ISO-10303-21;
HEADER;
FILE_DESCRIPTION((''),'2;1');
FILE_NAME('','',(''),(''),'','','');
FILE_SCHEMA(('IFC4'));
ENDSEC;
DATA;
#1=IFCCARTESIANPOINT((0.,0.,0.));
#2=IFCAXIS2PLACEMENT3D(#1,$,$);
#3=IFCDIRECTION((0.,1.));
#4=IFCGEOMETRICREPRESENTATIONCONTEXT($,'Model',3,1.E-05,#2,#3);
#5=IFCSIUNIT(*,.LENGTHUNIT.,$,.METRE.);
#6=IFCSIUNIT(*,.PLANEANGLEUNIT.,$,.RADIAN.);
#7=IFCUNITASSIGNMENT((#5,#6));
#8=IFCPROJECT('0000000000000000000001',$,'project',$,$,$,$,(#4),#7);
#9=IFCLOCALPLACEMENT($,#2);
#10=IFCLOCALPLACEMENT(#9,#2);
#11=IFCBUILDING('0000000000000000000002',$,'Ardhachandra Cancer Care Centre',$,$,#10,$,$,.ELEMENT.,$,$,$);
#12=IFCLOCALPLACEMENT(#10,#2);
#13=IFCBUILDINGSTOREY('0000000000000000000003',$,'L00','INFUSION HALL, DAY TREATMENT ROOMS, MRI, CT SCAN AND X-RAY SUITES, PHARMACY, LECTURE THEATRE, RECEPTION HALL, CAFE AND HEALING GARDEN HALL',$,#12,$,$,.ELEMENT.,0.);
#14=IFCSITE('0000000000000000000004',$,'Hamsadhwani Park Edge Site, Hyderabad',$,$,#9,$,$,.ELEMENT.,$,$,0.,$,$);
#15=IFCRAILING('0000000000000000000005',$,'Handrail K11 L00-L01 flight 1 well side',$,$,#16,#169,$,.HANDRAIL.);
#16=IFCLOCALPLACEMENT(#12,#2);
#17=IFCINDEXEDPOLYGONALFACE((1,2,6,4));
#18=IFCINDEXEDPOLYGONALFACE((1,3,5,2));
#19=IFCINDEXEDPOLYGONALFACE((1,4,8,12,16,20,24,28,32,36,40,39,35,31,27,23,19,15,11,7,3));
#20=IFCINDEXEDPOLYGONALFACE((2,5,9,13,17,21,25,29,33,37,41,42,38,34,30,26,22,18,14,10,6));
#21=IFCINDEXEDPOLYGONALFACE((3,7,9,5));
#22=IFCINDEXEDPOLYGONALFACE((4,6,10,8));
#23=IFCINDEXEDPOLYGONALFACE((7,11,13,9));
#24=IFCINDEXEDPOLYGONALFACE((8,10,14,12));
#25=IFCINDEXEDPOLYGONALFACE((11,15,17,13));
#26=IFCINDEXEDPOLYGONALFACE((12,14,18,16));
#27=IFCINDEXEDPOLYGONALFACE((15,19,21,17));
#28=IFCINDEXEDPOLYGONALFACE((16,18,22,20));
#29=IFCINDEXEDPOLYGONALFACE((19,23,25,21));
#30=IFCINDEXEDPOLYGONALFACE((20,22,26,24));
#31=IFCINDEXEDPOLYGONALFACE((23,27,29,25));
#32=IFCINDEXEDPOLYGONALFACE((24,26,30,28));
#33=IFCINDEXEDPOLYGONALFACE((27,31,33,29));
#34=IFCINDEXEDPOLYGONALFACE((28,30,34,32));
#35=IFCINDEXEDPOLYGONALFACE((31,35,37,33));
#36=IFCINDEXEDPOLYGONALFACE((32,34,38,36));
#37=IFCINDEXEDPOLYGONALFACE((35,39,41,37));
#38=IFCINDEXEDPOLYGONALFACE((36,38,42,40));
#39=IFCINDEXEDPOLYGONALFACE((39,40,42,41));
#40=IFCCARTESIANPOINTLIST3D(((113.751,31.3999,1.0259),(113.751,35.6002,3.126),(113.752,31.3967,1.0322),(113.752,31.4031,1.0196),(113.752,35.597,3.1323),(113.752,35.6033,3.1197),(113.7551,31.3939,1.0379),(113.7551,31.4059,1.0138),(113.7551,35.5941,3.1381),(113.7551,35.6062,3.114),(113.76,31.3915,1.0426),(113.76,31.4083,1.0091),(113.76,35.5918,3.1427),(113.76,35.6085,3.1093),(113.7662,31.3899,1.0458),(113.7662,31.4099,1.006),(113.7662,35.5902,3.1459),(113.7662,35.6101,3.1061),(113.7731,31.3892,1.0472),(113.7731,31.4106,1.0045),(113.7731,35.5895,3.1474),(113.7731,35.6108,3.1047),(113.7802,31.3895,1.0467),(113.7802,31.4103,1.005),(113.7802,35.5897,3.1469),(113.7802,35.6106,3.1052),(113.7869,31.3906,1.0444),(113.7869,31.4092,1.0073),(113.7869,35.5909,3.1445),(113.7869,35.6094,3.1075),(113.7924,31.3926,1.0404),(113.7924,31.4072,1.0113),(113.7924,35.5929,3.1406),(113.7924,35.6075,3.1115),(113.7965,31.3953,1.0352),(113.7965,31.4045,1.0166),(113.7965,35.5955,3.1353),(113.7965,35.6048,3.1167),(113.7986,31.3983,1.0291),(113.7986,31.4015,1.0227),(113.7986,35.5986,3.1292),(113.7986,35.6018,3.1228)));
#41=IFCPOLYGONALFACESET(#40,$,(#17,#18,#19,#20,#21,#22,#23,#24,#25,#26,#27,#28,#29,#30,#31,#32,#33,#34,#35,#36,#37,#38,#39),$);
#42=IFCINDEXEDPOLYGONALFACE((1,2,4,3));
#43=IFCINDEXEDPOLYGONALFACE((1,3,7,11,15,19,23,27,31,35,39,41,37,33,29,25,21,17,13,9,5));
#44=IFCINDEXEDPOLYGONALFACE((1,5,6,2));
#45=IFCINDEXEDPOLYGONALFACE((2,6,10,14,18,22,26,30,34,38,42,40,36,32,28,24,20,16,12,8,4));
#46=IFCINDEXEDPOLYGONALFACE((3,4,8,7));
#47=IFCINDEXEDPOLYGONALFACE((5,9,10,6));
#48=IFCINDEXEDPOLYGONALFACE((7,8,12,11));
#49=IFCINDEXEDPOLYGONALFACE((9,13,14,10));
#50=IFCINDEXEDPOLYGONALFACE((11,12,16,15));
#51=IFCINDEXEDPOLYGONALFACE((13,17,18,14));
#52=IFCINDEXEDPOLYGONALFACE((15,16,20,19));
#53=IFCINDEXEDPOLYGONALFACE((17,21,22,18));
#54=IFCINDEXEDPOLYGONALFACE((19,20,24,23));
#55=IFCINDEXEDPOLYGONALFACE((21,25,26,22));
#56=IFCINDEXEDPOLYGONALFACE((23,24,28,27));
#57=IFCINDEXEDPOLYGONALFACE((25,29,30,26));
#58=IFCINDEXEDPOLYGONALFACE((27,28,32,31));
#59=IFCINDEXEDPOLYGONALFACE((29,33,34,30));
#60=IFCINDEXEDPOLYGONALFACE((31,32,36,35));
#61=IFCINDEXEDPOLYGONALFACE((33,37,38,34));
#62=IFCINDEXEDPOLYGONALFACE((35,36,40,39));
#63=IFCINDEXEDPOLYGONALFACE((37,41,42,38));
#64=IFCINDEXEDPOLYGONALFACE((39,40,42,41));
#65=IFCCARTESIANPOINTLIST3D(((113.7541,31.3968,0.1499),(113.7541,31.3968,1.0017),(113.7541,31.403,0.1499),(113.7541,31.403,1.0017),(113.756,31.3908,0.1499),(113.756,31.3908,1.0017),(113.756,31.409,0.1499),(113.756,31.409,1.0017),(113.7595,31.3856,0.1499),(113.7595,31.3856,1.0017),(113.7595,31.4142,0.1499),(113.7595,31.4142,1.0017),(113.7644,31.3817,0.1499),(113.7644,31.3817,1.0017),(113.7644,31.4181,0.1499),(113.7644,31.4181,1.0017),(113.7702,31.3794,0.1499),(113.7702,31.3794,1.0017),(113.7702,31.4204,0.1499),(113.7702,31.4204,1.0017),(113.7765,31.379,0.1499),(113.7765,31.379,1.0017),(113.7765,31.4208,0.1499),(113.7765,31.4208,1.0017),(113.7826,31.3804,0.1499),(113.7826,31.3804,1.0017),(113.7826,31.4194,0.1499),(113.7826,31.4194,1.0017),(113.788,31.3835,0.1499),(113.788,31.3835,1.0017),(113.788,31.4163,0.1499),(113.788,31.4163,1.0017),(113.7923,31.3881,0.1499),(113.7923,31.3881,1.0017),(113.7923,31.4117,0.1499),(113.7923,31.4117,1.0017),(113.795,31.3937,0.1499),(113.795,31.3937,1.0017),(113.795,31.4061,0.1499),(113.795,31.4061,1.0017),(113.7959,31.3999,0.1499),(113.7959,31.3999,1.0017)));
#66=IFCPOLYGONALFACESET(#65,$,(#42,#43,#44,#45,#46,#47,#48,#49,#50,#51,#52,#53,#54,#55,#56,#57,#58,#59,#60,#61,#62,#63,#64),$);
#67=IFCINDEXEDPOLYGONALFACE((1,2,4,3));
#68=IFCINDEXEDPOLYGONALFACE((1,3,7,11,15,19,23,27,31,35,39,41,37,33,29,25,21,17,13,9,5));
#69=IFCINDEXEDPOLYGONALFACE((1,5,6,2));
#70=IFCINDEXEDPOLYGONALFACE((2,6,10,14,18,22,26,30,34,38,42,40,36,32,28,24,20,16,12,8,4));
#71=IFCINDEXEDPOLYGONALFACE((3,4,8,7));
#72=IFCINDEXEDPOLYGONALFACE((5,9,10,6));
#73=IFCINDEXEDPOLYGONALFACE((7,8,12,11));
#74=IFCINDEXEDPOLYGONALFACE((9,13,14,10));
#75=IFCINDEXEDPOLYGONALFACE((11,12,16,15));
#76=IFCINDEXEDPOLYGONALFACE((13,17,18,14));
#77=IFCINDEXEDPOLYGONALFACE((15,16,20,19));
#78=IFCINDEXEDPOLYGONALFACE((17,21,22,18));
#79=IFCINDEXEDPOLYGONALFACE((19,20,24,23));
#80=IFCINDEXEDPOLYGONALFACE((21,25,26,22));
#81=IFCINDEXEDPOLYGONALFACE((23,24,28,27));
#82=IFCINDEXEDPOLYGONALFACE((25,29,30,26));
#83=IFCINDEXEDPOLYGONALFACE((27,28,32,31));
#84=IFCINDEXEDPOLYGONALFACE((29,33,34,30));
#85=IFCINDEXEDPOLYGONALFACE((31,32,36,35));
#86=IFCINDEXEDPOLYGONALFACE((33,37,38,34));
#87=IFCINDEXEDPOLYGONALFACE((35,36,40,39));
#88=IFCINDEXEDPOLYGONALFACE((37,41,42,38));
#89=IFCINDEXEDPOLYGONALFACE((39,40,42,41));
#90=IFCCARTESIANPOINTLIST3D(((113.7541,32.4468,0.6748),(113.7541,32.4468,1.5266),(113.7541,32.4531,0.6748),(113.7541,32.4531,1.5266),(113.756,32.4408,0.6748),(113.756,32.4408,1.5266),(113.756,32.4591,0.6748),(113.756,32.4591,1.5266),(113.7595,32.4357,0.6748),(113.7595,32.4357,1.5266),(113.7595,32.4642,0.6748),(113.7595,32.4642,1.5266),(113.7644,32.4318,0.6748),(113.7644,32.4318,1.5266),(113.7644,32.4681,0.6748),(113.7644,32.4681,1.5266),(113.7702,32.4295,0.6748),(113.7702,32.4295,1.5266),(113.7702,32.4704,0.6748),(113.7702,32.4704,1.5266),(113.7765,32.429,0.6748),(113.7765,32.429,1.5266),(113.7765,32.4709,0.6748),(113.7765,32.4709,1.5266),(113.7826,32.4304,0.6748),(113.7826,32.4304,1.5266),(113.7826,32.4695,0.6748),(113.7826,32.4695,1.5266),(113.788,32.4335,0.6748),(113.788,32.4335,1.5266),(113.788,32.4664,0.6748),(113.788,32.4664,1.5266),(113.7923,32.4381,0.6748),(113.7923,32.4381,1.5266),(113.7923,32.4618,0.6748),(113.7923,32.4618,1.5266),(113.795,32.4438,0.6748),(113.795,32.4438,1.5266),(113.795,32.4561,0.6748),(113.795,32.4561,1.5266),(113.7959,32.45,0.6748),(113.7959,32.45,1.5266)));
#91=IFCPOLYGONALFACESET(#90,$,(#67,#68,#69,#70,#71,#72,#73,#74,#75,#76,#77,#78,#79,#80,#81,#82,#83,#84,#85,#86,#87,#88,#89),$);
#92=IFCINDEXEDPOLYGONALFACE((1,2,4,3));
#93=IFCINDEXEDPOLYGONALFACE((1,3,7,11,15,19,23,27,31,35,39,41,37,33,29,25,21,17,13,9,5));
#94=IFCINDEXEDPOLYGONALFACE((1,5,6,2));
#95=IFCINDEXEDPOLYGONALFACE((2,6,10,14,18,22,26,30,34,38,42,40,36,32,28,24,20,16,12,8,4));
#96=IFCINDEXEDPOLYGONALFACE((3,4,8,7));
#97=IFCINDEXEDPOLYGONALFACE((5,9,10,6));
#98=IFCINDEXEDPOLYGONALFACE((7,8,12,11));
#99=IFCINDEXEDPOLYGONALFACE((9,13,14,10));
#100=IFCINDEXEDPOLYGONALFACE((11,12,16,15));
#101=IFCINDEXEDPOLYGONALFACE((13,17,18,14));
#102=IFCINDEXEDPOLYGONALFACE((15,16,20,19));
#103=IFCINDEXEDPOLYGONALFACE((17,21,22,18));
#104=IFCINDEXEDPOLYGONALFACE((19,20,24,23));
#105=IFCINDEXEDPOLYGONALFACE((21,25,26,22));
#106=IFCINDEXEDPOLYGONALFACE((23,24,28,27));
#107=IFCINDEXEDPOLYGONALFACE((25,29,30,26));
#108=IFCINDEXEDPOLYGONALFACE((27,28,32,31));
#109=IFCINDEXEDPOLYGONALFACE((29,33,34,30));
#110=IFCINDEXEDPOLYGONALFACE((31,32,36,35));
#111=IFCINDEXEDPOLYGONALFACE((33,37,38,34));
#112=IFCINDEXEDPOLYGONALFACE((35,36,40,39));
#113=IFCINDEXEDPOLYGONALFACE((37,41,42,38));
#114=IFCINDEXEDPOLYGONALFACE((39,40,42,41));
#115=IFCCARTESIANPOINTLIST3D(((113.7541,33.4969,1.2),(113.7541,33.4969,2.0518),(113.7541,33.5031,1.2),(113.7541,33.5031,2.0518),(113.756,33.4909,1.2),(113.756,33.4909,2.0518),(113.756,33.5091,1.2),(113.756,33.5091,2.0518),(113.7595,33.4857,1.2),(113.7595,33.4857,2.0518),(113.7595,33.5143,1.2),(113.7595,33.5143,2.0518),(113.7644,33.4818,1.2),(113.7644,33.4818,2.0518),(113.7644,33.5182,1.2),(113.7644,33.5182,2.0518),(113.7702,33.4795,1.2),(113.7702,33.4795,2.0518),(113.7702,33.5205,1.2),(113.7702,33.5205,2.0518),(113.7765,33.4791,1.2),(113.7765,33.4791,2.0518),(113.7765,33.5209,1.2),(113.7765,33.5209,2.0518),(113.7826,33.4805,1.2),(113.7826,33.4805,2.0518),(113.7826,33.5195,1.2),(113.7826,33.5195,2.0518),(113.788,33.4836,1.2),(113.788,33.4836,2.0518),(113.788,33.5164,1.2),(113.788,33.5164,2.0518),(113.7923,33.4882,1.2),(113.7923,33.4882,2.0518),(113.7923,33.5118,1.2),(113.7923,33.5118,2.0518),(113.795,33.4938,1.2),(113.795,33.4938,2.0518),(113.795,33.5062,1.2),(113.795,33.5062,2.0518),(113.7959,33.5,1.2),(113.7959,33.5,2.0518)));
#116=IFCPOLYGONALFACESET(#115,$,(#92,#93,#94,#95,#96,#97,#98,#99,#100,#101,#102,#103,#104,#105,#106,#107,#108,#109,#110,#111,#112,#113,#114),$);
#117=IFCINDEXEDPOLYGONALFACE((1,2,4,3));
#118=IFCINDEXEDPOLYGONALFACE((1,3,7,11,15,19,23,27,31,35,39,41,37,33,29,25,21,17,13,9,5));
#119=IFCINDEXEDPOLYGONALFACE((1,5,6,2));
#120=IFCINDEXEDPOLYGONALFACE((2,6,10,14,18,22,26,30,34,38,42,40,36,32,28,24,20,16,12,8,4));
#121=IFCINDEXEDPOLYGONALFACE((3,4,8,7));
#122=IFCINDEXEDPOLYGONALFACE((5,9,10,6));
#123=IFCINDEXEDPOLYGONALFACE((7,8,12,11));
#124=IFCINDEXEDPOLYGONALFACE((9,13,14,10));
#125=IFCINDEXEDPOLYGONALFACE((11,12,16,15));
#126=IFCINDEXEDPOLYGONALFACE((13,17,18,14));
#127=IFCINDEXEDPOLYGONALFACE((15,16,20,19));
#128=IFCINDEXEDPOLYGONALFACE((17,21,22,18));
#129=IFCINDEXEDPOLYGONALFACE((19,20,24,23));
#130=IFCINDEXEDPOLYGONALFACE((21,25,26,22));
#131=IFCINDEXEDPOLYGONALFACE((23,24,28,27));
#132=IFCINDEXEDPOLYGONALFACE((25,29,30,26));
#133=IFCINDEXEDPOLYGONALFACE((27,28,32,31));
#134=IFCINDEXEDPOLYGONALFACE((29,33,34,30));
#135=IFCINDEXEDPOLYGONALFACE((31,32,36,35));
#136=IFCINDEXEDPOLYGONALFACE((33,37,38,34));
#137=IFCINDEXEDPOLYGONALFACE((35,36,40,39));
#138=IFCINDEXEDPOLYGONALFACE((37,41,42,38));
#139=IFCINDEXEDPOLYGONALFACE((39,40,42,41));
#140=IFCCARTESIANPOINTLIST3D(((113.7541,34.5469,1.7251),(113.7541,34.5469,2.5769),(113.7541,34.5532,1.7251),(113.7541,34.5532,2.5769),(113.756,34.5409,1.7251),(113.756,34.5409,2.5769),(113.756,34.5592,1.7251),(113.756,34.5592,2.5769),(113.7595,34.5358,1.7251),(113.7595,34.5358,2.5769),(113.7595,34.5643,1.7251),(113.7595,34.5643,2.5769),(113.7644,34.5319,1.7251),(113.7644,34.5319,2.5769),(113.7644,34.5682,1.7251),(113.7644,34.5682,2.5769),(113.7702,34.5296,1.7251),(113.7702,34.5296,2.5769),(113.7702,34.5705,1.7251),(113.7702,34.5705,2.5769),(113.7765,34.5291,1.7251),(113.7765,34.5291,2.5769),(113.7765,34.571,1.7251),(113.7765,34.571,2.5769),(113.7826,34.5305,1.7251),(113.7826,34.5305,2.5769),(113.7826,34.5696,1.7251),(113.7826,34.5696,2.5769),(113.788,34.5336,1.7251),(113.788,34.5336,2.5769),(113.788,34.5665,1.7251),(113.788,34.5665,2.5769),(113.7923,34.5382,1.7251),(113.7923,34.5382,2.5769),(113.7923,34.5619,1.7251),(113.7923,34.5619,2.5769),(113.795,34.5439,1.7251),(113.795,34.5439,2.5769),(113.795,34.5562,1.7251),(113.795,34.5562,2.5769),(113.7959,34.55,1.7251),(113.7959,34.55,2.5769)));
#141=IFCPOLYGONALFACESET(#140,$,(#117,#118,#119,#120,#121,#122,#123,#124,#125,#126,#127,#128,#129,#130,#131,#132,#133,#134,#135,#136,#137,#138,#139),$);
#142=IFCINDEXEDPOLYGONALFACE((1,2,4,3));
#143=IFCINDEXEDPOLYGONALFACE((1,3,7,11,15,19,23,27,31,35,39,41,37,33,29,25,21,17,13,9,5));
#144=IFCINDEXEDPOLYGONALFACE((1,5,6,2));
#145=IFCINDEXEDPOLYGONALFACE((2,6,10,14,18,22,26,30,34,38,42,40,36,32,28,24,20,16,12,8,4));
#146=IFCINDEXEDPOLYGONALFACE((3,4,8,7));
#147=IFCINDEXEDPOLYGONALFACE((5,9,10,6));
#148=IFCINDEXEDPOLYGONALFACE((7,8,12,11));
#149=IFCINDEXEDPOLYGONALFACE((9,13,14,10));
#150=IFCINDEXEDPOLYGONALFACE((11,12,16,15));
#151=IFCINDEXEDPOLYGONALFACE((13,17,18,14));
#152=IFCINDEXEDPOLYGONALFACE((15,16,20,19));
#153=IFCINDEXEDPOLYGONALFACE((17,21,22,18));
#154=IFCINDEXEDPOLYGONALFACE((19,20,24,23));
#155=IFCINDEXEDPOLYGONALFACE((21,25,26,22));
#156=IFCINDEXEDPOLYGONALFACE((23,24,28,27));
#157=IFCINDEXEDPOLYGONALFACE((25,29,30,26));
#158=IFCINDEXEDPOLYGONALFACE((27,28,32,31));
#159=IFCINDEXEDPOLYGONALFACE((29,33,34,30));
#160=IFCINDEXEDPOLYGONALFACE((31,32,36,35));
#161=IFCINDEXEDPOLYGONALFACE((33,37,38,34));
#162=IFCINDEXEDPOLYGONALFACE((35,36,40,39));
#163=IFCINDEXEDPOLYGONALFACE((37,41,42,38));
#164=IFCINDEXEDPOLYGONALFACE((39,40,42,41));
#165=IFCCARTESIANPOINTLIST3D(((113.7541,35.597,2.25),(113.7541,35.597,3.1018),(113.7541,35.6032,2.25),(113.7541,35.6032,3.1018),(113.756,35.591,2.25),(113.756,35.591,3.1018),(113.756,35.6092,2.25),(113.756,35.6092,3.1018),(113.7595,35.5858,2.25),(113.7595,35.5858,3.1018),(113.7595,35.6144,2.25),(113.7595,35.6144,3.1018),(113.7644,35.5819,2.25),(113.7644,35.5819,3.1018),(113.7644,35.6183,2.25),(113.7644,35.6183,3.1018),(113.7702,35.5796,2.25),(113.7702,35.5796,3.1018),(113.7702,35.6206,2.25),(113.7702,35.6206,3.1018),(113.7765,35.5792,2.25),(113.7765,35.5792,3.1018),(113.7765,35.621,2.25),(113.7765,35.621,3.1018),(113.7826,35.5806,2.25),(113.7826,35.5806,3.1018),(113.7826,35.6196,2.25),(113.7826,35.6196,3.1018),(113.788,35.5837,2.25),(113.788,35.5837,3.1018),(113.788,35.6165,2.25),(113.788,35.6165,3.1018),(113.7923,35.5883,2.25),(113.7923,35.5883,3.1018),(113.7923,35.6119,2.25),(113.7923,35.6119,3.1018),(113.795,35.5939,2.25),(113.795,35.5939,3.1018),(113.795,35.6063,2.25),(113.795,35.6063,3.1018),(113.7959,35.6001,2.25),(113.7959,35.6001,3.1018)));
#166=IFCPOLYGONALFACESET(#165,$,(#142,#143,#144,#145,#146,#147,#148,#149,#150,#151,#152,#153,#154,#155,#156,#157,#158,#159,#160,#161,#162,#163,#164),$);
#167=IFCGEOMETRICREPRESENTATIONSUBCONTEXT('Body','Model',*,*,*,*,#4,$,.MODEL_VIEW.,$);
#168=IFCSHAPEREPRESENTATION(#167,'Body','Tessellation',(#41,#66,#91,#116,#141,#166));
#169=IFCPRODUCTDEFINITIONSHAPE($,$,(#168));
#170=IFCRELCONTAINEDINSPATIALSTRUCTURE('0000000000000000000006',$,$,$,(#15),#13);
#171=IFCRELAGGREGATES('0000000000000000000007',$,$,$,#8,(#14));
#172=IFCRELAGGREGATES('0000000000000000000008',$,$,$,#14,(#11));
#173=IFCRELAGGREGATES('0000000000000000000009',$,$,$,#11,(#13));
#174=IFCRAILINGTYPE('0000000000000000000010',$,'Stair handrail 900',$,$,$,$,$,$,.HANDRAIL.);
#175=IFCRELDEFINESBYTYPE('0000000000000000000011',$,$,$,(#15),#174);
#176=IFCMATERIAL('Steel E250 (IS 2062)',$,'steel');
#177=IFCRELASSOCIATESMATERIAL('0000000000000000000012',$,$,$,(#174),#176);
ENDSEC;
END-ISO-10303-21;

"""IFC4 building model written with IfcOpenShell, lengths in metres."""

from ifc_helpers import new_model, si_unit, direction, frame, origin, origin_2d, place, context, subcontext, project, spatial, circle, extrude, material, type_object, element, save


model = new_model("IFC4")

# Units and contexts
model_context = context("Model", 3, precision=1e-05, world=origin(), true_north=direction((0.0, 1.0)))
body_context = subcontext(model_context, "Body", "Model", "MODEL_VIEW")
ifc_project = project(units=[si_unit("LENGTHUNIT", "METRE"), si_unit("PLANEANGLEUNIT", "RADIAN")], contexts=[model_context])

# Site, building, storey
site_placement = place(None, origin())
site = spatial("IfcSite", under=ifc_project, at=site_placement, Name="Hamsadhwani Park Edge Site, Hyderabad", CompositionType="ELEMENT", RefElevation=0.0)
building_placement = place(site_placement, origin())
building = spatial("IfcBuilding", under=site, at=building_placement, Name="Ardhachandra Cancer Care Centre", CompositionType="ELEMENT")
storey_placement = place(building_placement, origin())
storey = spatial("IfcBuildingStorey", under=building, at=storey_placement, Name="L00", Description="INFUSION HALL, DAY TREATMENT ROOMS, MRI, CT SCAN AND X-RAY SUITES, PHARMACY, LECTURE THEATRE, RECEPTION HALL, CAFE AND HEALING GARDEN HALL", CompositionType="ELEMENT", Elevation=0.0)

# Railing
ifc_material_1 = material(Name="Steel E250 (IS 2062)", Category="steel")
railing_type_1 = type_object("IfcRailingType", Name="Stair handrail 900", PredefinedType="HANDRAIL", material=ifc_material_1)
for number, where, name in (
    (1, (113.7749, 31.3999, 0.1499), "Handrail K11 L00-L01 flight 1 well side"),
):
    element("IfcRailing", number, at=place(storey_placement, frame(where)), inside=storey, type_object=railing_type_1, Name=name, PredefinedType="HANDRAIL", context=body_context, shape_type="SweptSolid", body=[
        extrude(circle(Radius=0.0239, at=origin_2d()), frame((0.0, 0.0, 0.876), z_axis=(0.0, 0.894427, 0.447214), x_axis=(-1.0, 0.0, 0.0)), (0.0, 0.0, 1.0), 4.696),
        extrude(circle(Radius=0.021, at=origin_2d()), origin(), (0.0, 0.0, 1.0), 0.8518),
        extrude(circle(Radius=0.021, at=origin_2d()), frame((0.0, 1.05, 0.5249)), (0.0, 0.0, 1.0), 0.8518),
        extrude(circle(Radius=0.021, at=origin_2d()), frame((0.0, 2.1001, 1.05)), (0.0, 0.0, 1.0), 0.8518),
        extrude(circle(Radius=0.021, at=origin_2d()), frame((0.0, 3.1501, 1.5752)), (0.0, 0.0, 1.0), 0.8518),
        extrude(circle(Radius=0.021, at=origin_2d()), frame((0.0, 4.2002, 2.1001)), (0.0, 0.0, 1.0), 0.8518),
    ])

save(model, "model.ifc")
